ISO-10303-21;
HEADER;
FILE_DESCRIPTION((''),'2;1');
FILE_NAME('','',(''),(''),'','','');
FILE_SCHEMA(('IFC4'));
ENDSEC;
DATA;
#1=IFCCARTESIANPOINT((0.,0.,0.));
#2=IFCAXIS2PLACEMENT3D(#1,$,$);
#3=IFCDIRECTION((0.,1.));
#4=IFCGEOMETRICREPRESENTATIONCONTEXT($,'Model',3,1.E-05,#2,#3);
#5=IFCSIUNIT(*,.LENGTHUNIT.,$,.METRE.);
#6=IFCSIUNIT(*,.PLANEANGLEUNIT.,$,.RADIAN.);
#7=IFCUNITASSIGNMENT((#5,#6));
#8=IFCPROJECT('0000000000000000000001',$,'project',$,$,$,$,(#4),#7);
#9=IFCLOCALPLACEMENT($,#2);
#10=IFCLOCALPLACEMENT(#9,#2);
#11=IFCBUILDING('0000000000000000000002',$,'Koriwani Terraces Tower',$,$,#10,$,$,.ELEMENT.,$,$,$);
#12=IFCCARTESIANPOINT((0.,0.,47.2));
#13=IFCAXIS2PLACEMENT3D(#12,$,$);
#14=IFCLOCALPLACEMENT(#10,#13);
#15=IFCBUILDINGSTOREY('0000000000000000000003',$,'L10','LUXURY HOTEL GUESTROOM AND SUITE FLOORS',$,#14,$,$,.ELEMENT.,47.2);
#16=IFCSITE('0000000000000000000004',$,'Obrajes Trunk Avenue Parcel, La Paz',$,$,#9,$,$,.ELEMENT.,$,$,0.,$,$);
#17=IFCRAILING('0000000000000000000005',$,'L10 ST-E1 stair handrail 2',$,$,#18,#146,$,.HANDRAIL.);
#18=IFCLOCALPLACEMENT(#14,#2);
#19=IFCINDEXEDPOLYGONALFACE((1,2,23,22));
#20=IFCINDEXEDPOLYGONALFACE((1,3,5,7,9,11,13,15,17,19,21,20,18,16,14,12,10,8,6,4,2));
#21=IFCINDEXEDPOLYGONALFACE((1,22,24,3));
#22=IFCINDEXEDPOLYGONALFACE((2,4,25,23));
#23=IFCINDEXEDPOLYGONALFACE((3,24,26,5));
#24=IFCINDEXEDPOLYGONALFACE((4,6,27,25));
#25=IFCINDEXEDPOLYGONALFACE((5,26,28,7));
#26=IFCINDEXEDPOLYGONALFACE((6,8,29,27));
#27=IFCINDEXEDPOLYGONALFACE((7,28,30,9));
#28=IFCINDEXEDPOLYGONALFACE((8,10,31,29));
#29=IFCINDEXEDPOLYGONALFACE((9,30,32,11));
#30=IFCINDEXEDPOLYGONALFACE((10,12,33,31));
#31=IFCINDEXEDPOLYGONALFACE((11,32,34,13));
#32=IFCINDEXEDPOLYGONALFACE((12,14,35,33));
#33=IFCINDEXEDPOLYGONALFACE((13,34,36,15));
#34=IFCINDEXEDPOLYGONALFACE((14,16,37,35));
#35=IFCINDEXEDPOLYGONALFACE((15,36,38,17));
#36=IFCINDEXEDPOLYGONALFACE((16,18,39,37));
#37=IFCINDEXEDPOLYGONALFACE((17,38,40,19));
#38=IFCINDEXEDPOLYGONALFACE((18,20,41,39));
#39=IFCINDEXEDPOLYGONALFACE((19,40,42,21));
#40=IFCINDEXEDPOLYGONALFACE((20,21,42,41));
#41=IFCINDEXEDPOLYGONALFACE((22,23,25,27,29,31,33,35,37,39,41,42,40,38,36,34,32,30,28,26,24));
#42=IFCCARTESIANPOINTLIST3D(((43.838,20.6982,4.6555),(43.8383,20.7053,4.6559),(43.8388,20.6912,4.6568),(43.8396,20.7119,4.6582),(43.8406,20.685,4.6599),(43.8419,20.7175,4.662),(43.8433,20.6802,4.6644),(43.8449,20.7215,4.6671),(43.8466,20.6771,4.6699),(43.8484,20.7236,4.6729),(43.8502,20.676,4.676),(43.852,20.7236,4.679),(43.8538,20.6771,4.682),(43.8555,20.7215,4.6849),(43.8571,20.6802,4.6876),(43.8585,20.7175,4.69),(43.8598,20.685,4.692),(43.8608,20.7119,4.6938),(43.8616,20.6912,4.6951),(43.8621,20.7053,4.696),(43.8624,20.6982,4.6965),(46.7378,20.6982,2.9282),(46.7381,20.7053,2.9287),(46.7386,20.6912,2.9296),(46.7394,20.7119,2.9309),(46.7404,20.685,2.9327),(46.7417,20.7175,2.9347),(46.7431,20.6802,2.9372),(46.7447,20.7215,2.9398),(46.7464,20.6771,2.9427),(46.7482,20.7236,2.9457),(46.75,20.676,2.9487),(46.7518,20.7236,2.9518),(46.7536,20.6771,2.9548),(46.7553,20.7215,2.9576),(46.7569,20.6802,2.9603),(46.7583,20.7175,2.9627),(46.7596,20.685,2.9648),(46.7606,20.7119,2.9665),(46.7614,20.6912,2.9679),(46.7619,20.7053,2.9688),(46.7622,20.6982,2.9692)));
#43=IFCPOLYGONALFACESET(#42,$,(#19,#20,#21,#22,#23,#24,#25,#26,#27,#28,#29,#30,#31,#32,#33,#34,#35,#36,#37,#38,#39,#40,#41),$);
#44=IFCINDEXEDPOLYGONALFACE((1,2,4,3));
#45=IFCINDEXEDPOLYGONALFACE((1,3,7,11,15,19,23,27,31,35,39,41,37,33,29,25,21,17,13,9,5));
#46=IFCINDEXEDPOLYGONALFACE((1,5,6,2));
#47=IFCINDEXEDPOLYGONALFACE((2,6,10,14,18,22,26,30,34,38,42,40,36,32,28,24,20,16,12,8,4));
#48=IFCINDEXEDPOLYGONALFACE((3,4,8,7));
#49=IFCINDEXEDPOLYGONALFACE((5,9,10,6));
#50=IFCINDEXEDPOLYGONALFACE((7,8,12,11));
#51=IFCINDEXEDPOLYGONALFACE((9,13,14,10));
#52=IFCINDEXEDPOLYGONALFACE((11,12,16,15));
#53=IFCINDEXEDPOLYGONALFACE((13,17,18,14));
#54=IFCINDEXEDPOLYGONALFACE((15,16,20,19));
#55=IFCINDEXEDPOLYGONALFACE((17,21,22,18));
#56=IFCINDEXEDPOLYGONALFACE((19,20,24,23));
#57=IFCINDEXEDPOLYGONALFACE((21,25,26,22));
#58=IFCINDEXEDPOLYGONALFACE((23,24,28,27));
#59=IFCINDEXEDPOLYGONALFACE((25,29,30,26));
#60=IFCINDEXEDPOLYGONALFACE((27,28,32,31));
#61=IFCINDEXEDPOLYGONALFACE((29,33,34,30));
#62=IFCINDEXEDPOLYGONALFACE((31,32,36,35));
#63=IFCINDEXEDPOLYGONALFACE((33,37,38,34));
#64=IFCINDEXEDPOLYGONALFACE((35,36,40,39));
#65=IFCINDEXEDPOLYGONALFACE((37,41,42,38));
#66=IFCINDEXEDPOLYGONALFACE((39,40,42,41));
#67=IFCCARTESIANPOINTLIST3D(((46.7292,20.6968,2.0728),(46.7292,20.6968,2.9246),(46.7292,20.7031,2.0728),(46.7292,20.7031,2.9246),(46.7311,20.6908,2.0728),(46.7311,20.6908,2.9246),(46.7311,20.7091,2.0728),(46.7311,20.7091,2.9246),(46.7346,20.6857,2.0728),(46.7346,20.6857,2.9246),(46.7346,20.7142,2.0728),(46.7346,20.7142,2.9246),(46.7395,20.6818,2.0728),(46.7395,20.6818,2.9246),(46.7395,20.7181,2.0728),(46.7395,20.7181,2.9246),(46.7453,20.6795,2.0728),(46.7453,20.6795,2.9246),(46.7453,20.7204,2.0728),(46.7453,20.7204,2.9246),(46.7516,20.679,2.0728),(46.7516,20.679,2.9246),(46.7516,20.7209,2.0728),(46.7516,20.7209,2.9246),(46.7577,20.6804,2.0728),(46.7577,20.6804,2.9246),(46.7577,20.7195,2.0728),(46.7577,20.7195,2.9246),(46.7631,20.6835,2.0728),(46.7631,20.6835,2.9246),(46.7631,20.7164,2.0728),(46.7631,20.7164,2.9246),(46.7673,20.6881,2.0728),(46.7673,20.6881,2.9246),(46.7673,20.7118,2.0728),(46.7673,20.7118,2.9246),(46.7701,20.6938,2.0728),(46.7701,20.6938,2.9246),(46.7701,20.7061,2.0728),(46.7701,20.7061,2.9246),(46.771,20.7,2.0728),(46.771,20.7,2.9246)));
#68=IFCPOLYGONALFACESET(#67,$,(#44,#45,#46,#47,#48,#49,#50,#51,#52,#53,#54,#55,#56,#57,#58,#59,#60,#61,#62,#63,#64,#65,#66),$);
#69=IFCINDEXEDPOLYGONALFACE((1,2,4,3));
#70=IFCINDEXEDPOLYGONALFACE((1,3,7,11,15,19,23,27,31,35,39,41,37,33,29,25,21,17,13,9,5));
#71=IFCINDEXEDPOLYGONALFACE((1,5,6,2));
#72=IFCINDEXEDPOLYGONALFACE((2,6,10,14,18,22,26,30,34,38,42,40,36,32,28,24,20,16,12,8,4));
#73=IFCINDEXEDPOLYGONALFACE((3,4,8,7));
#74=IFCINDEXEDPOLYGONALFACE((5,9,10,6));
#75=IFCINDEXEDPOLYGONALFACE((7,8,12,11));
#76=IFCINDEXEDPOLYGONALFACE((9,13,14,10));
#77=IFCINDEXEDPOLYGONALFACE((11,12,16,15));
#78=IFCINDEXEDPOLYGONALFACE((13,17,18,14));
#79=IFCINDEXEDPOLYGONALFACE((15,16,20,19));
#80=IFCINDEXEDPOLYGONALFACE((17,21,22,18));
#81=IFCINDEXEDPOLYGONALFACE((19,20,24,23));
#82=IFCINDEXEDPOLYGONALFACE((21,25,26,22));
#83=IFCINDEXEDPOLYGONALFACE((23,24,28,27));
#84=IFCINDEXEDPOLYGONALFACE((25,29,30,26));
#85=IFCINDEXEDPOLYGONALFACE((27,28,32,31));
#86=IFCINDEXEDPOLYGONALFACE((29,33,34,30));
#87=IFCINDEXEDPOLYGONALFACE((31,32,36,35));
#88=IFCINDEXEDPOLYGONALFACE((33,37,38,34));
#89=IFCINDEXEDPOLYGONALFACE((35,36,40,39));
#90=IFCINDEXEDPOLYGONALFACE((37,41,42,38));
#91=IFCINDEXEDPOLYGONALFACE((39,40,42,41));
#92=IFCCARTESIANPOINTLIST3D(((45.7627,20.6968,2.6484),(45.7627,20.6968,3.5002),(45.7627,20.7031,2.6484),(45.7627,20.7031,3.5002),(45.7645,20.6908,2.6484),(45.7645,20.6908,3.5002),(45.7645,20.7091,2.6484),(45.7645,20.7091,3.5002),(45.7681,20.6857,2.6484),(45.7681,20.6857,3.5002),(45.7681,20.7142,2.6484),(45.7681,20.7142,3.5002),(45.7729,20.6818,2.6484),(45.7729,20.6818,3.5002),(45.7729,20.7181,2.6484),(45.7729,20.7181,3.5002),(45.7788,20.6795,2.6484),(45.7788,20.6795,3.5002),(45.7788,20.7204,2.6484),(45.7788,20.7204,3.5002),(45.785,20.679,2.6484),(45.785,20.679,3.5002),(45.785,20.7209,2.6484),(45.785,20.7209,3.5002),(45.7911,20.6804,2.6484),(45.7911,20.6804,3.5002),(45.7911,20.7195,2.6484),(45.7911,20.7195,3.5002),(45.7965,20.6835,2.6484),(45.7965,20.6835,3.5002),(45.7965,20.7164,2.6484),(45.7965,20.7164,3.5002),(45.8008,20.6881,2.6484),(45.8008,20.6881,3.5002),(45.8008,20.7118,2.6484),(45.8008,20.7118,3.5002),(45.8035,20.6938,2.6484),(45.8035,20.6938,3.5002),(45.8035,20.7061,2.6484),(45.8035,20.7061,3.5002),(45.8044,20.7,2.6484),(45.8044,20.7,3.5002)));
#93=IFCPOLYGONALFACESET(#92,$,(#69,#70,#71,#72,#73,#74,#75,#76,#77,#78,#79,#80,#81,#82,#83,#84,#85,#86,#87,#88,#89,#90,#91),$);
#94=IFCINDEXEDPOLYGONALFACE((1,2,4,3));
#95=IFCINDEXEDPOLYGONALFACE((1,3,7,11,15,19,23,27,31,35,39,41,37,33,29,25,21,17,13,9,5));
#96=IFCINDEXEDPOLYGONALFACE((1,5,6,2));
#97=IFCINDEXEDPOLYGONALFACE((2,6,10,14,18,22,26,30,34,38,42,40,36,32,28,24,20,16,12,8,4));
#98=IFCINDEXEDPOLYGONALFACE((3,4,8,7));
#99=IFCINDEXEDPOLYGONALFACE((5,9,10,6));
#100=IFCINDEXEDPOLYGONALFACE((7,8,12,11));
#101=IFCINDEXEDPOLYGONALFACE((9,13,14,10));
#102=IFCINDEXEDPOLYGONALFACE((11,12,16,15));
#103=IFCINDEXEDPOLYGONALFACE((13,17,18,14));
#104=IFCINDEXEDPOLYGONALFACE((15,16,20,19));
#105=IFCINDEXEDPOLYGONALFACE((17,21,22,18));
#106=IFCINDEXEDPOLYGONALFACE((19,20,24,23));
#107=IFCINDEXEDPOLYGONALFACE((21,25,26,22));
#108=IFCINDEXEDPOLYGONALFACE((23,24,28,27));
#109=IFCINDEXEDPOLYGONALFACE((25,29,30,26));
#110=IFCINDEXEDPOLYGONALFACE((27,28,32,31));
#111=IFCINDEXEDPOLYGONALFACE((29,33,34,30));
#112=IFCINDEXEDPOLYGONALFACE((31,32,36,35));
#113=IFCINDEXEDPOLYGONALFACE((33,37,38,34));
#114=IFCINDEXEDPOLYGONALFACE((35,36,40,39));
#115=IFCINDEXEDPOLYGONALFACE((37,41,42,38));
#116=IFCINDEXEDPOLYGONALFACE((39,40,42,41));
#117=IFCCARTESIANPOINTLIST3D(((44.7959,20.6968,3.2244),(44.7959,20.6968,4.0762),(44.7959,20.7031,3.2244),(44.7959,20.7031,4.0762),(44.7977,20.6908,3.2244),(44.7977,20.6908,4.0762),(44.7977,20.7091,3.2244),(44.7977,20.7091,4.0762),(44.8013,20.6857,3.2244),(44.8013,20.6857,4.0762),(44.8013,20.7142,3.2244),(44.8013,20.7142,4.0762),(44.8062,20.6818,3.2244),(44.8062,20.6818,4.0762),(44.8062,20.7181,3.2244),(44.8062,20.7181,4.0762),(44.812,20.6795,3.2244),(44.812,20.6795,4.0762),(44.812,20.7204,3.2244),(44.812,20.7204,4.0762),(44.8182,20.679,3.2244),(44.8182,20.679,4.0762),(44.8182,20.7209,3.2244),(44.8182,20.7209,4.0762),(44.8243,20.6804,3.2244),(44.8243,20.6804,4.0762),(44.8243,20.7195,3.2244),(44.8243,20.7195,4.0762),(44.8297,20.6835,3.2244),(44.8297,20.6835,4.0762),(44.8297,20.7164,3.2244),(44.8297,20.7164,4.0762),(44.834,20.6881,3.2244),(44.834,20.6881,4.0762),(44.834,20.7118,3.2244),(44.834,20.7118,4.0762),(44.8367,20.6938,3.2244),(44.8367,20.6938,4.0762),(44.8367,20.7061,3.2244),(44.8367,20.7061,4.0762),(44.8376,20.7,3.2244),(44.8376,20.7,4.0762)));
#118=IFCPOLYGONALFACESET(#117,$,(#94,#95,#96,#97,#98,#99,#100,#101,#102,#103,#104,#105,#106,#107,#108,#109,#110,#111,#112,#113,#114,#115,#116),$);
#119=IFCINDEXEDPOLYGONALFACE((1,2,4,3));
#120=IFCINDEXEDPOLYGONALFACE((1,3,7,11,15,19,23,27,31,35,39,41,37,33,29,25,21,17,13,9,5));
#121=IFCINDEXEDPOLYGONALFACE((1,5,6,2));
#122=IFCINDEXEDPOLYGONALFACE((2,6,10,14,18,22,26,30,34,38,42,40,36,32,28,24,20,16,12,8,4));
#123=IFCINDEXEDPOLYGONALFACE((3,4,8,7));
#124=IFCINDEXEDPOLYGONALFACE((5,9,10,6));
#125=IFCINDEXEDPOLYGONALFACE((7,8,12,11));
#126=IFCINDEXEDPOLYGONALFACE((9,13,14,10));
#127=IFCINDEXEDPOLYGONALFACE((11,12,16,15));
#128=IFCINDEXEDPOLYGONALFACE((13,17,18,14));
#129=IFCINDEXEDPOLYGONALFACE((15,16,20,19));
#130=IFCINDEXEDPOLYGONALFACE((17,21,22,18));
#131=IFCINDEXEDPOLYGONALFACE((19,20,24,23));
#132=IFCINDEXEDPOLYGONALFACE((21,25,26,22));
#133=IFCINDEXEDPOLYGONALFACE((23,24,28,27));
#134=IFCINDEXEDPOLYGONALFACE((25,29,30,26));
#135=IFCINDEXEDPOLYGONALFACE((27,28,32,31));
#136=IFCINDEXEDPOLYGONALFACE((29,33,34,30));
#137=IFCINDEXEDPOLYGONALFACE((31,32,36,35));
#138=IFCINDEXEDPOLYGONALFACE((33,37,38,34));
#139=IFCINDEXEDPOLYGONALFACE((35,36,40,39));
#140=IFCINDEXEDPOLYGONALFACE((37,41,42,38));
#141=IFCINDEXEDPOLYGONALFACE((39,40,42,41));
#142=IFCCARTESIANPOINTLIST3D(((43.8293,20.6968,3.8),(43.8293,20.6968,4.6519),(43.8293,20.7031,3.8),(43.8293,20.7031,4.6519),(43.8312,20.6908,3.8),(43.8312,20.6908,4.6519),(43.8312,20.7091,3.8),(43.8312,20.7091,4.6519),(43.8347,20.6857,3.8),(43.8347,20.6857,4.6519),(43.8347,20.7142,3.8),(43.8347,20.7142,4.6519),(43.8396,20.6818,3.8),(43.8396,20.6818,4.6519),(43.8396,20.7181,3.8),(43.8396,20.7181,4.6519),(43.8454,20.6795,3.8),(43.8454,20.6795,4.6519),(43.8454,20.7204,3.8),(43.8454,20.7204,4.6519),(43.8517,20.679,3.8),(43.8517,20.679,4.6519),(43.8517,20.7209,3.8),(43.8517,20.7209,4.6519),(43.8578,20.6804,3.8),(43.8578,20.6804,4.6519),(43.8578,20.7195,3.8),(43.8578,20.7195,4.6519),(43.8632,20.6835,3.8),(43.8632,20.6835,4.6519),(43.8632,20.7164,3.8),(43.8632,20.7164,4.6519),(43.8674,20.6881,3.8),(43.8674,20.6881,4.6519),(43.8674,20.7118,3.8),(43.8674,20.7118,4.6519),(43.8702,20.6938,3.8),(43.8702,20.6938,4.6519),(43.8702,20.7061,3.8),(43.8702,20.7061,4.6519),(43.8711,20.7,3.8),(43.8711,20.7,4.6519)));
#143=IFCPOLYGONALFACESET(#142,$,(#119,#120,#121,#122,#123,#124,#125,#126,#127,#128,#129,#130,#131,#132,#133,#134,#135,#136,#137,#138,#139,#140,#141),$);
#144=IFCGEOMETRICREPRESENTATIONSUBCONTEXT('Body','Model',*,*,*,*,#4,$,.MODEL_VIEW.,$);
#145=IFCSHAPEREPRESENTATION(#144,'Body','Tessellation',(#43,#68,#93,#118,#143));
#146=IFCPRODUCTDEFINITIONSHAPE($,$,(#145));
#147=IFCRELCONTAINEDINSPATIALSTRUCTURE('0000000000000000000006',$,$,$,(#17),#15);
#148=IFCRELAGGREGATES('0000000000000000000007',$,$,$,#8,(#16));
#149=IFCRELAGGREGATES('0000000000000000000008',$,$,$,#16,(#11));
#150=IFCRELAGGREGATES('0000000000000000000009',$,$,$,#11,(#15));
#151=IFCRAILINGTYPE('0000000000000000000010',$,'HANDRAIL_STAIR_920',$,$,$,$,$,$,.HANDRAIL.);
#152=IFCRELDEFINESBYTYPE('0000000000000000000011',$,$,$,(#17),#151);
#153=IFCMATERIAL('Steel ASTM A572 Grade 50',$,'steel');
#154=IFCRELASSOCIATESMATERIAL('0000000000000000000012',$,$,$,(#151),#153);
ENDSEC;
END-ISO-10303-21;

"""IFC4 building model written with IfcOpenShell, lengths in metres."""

from ifc_helpers import new_model, si_unit, direction, frame, origin, origin_2d, place, context, subcontext, project, spatial, circle, extrude, material, type_object, element, save


model = new_model("IFC4")

# Units and contexts
model_context = context("Model", 3, precision=1e-05, world=origin(), true_north=direction((0.0, 1.0)))
body_context = subcontext(model_context, "Body", "Model", "MODEL_VIEW")
ifc_project = project(units=[si_unit("LENGTHUNIT", "METRE"), si_unit("PLANEANGLEUNIT", "RADIAN")], contexts=[model_context])

# Site, building, storey
site_placement = place(None, origin())
site = spatial("IfcSite", under=ifc_project, at=site_placement, Name="Obrajes Trunk Avenue Parcel, La Paz", CompositionType="ELEMENT", RefElevation=0.0)
building_placement = place(site_placement, origin())
building = spatial("IfcBuilding", under=site, at=building_placement, Name="Koriwani Terraces Tower", CompositionType="ELEMENT")
storey_placement = place(building_placement, frame((0.0, 0.0, 47.2)))
storey = spatial("IfcBuildingStorey", under=building, at=storey_placement, Name="L10", Description="LUXURY HOTEL GUESTROOM AND SUITE FLOORS", CompositionType="ELEMENT", Elevation=47.2)

# Shared definitions
ifc_material_1 = material(Name="Steel ASTM A572 Grade 50", Category="steel")

# Railing
railing_type_1 = type_object("IfcRailingType", Name="HANDRAIL_STAIR_920", PredefinedType="HANDRAIL", material=ifc_material_1)
railing_1_placement = place(storey_placement, frame((46.75, 20.7, 2.0728)))
element("IfcRailing", 1, at=railing_1_placement, inside=storey, type_object=railing_type_1, Name="L10 ST-E1 stair handrail 2", PredefinedType="HANDRAIL", context=body_context, shape_type="SweptSolid", body=[
    extrude(circle(Radius=0.0239, at=origin_2d()), frame((0.0, 0.0, 0.876), z_axis=(-0.859141, 0.0, 0.511738), x_axis=(0.0, -1.0, 0.0)), (0.0, 0.0, 1.0), 3.3752),
    extrude(circle(Radius=0.021, at=origin_2d()), origin(), (0.0, 0.0, 1.0), 0.8518),
    extrude(circle(Radius=0.021, at=origin_2d()), frame((-0.9666, 0.0, 0.5757)), (0.0, 0.0, 1.0), 0.8518),
    extrude(circle(Radius=0.021, at=origin_2d()), frame((-1.9333, 0.0, 1.1516)), (0.0, 0.0, 1.0), 0.8518),
    extrude(circle(Radius=0.021, at=origin_2d()), frame((-2.8999, 0.0, 1.7273)), (0.0, 0.0, 1.0), 0.8518),
])

save(model, "model.ifc")
